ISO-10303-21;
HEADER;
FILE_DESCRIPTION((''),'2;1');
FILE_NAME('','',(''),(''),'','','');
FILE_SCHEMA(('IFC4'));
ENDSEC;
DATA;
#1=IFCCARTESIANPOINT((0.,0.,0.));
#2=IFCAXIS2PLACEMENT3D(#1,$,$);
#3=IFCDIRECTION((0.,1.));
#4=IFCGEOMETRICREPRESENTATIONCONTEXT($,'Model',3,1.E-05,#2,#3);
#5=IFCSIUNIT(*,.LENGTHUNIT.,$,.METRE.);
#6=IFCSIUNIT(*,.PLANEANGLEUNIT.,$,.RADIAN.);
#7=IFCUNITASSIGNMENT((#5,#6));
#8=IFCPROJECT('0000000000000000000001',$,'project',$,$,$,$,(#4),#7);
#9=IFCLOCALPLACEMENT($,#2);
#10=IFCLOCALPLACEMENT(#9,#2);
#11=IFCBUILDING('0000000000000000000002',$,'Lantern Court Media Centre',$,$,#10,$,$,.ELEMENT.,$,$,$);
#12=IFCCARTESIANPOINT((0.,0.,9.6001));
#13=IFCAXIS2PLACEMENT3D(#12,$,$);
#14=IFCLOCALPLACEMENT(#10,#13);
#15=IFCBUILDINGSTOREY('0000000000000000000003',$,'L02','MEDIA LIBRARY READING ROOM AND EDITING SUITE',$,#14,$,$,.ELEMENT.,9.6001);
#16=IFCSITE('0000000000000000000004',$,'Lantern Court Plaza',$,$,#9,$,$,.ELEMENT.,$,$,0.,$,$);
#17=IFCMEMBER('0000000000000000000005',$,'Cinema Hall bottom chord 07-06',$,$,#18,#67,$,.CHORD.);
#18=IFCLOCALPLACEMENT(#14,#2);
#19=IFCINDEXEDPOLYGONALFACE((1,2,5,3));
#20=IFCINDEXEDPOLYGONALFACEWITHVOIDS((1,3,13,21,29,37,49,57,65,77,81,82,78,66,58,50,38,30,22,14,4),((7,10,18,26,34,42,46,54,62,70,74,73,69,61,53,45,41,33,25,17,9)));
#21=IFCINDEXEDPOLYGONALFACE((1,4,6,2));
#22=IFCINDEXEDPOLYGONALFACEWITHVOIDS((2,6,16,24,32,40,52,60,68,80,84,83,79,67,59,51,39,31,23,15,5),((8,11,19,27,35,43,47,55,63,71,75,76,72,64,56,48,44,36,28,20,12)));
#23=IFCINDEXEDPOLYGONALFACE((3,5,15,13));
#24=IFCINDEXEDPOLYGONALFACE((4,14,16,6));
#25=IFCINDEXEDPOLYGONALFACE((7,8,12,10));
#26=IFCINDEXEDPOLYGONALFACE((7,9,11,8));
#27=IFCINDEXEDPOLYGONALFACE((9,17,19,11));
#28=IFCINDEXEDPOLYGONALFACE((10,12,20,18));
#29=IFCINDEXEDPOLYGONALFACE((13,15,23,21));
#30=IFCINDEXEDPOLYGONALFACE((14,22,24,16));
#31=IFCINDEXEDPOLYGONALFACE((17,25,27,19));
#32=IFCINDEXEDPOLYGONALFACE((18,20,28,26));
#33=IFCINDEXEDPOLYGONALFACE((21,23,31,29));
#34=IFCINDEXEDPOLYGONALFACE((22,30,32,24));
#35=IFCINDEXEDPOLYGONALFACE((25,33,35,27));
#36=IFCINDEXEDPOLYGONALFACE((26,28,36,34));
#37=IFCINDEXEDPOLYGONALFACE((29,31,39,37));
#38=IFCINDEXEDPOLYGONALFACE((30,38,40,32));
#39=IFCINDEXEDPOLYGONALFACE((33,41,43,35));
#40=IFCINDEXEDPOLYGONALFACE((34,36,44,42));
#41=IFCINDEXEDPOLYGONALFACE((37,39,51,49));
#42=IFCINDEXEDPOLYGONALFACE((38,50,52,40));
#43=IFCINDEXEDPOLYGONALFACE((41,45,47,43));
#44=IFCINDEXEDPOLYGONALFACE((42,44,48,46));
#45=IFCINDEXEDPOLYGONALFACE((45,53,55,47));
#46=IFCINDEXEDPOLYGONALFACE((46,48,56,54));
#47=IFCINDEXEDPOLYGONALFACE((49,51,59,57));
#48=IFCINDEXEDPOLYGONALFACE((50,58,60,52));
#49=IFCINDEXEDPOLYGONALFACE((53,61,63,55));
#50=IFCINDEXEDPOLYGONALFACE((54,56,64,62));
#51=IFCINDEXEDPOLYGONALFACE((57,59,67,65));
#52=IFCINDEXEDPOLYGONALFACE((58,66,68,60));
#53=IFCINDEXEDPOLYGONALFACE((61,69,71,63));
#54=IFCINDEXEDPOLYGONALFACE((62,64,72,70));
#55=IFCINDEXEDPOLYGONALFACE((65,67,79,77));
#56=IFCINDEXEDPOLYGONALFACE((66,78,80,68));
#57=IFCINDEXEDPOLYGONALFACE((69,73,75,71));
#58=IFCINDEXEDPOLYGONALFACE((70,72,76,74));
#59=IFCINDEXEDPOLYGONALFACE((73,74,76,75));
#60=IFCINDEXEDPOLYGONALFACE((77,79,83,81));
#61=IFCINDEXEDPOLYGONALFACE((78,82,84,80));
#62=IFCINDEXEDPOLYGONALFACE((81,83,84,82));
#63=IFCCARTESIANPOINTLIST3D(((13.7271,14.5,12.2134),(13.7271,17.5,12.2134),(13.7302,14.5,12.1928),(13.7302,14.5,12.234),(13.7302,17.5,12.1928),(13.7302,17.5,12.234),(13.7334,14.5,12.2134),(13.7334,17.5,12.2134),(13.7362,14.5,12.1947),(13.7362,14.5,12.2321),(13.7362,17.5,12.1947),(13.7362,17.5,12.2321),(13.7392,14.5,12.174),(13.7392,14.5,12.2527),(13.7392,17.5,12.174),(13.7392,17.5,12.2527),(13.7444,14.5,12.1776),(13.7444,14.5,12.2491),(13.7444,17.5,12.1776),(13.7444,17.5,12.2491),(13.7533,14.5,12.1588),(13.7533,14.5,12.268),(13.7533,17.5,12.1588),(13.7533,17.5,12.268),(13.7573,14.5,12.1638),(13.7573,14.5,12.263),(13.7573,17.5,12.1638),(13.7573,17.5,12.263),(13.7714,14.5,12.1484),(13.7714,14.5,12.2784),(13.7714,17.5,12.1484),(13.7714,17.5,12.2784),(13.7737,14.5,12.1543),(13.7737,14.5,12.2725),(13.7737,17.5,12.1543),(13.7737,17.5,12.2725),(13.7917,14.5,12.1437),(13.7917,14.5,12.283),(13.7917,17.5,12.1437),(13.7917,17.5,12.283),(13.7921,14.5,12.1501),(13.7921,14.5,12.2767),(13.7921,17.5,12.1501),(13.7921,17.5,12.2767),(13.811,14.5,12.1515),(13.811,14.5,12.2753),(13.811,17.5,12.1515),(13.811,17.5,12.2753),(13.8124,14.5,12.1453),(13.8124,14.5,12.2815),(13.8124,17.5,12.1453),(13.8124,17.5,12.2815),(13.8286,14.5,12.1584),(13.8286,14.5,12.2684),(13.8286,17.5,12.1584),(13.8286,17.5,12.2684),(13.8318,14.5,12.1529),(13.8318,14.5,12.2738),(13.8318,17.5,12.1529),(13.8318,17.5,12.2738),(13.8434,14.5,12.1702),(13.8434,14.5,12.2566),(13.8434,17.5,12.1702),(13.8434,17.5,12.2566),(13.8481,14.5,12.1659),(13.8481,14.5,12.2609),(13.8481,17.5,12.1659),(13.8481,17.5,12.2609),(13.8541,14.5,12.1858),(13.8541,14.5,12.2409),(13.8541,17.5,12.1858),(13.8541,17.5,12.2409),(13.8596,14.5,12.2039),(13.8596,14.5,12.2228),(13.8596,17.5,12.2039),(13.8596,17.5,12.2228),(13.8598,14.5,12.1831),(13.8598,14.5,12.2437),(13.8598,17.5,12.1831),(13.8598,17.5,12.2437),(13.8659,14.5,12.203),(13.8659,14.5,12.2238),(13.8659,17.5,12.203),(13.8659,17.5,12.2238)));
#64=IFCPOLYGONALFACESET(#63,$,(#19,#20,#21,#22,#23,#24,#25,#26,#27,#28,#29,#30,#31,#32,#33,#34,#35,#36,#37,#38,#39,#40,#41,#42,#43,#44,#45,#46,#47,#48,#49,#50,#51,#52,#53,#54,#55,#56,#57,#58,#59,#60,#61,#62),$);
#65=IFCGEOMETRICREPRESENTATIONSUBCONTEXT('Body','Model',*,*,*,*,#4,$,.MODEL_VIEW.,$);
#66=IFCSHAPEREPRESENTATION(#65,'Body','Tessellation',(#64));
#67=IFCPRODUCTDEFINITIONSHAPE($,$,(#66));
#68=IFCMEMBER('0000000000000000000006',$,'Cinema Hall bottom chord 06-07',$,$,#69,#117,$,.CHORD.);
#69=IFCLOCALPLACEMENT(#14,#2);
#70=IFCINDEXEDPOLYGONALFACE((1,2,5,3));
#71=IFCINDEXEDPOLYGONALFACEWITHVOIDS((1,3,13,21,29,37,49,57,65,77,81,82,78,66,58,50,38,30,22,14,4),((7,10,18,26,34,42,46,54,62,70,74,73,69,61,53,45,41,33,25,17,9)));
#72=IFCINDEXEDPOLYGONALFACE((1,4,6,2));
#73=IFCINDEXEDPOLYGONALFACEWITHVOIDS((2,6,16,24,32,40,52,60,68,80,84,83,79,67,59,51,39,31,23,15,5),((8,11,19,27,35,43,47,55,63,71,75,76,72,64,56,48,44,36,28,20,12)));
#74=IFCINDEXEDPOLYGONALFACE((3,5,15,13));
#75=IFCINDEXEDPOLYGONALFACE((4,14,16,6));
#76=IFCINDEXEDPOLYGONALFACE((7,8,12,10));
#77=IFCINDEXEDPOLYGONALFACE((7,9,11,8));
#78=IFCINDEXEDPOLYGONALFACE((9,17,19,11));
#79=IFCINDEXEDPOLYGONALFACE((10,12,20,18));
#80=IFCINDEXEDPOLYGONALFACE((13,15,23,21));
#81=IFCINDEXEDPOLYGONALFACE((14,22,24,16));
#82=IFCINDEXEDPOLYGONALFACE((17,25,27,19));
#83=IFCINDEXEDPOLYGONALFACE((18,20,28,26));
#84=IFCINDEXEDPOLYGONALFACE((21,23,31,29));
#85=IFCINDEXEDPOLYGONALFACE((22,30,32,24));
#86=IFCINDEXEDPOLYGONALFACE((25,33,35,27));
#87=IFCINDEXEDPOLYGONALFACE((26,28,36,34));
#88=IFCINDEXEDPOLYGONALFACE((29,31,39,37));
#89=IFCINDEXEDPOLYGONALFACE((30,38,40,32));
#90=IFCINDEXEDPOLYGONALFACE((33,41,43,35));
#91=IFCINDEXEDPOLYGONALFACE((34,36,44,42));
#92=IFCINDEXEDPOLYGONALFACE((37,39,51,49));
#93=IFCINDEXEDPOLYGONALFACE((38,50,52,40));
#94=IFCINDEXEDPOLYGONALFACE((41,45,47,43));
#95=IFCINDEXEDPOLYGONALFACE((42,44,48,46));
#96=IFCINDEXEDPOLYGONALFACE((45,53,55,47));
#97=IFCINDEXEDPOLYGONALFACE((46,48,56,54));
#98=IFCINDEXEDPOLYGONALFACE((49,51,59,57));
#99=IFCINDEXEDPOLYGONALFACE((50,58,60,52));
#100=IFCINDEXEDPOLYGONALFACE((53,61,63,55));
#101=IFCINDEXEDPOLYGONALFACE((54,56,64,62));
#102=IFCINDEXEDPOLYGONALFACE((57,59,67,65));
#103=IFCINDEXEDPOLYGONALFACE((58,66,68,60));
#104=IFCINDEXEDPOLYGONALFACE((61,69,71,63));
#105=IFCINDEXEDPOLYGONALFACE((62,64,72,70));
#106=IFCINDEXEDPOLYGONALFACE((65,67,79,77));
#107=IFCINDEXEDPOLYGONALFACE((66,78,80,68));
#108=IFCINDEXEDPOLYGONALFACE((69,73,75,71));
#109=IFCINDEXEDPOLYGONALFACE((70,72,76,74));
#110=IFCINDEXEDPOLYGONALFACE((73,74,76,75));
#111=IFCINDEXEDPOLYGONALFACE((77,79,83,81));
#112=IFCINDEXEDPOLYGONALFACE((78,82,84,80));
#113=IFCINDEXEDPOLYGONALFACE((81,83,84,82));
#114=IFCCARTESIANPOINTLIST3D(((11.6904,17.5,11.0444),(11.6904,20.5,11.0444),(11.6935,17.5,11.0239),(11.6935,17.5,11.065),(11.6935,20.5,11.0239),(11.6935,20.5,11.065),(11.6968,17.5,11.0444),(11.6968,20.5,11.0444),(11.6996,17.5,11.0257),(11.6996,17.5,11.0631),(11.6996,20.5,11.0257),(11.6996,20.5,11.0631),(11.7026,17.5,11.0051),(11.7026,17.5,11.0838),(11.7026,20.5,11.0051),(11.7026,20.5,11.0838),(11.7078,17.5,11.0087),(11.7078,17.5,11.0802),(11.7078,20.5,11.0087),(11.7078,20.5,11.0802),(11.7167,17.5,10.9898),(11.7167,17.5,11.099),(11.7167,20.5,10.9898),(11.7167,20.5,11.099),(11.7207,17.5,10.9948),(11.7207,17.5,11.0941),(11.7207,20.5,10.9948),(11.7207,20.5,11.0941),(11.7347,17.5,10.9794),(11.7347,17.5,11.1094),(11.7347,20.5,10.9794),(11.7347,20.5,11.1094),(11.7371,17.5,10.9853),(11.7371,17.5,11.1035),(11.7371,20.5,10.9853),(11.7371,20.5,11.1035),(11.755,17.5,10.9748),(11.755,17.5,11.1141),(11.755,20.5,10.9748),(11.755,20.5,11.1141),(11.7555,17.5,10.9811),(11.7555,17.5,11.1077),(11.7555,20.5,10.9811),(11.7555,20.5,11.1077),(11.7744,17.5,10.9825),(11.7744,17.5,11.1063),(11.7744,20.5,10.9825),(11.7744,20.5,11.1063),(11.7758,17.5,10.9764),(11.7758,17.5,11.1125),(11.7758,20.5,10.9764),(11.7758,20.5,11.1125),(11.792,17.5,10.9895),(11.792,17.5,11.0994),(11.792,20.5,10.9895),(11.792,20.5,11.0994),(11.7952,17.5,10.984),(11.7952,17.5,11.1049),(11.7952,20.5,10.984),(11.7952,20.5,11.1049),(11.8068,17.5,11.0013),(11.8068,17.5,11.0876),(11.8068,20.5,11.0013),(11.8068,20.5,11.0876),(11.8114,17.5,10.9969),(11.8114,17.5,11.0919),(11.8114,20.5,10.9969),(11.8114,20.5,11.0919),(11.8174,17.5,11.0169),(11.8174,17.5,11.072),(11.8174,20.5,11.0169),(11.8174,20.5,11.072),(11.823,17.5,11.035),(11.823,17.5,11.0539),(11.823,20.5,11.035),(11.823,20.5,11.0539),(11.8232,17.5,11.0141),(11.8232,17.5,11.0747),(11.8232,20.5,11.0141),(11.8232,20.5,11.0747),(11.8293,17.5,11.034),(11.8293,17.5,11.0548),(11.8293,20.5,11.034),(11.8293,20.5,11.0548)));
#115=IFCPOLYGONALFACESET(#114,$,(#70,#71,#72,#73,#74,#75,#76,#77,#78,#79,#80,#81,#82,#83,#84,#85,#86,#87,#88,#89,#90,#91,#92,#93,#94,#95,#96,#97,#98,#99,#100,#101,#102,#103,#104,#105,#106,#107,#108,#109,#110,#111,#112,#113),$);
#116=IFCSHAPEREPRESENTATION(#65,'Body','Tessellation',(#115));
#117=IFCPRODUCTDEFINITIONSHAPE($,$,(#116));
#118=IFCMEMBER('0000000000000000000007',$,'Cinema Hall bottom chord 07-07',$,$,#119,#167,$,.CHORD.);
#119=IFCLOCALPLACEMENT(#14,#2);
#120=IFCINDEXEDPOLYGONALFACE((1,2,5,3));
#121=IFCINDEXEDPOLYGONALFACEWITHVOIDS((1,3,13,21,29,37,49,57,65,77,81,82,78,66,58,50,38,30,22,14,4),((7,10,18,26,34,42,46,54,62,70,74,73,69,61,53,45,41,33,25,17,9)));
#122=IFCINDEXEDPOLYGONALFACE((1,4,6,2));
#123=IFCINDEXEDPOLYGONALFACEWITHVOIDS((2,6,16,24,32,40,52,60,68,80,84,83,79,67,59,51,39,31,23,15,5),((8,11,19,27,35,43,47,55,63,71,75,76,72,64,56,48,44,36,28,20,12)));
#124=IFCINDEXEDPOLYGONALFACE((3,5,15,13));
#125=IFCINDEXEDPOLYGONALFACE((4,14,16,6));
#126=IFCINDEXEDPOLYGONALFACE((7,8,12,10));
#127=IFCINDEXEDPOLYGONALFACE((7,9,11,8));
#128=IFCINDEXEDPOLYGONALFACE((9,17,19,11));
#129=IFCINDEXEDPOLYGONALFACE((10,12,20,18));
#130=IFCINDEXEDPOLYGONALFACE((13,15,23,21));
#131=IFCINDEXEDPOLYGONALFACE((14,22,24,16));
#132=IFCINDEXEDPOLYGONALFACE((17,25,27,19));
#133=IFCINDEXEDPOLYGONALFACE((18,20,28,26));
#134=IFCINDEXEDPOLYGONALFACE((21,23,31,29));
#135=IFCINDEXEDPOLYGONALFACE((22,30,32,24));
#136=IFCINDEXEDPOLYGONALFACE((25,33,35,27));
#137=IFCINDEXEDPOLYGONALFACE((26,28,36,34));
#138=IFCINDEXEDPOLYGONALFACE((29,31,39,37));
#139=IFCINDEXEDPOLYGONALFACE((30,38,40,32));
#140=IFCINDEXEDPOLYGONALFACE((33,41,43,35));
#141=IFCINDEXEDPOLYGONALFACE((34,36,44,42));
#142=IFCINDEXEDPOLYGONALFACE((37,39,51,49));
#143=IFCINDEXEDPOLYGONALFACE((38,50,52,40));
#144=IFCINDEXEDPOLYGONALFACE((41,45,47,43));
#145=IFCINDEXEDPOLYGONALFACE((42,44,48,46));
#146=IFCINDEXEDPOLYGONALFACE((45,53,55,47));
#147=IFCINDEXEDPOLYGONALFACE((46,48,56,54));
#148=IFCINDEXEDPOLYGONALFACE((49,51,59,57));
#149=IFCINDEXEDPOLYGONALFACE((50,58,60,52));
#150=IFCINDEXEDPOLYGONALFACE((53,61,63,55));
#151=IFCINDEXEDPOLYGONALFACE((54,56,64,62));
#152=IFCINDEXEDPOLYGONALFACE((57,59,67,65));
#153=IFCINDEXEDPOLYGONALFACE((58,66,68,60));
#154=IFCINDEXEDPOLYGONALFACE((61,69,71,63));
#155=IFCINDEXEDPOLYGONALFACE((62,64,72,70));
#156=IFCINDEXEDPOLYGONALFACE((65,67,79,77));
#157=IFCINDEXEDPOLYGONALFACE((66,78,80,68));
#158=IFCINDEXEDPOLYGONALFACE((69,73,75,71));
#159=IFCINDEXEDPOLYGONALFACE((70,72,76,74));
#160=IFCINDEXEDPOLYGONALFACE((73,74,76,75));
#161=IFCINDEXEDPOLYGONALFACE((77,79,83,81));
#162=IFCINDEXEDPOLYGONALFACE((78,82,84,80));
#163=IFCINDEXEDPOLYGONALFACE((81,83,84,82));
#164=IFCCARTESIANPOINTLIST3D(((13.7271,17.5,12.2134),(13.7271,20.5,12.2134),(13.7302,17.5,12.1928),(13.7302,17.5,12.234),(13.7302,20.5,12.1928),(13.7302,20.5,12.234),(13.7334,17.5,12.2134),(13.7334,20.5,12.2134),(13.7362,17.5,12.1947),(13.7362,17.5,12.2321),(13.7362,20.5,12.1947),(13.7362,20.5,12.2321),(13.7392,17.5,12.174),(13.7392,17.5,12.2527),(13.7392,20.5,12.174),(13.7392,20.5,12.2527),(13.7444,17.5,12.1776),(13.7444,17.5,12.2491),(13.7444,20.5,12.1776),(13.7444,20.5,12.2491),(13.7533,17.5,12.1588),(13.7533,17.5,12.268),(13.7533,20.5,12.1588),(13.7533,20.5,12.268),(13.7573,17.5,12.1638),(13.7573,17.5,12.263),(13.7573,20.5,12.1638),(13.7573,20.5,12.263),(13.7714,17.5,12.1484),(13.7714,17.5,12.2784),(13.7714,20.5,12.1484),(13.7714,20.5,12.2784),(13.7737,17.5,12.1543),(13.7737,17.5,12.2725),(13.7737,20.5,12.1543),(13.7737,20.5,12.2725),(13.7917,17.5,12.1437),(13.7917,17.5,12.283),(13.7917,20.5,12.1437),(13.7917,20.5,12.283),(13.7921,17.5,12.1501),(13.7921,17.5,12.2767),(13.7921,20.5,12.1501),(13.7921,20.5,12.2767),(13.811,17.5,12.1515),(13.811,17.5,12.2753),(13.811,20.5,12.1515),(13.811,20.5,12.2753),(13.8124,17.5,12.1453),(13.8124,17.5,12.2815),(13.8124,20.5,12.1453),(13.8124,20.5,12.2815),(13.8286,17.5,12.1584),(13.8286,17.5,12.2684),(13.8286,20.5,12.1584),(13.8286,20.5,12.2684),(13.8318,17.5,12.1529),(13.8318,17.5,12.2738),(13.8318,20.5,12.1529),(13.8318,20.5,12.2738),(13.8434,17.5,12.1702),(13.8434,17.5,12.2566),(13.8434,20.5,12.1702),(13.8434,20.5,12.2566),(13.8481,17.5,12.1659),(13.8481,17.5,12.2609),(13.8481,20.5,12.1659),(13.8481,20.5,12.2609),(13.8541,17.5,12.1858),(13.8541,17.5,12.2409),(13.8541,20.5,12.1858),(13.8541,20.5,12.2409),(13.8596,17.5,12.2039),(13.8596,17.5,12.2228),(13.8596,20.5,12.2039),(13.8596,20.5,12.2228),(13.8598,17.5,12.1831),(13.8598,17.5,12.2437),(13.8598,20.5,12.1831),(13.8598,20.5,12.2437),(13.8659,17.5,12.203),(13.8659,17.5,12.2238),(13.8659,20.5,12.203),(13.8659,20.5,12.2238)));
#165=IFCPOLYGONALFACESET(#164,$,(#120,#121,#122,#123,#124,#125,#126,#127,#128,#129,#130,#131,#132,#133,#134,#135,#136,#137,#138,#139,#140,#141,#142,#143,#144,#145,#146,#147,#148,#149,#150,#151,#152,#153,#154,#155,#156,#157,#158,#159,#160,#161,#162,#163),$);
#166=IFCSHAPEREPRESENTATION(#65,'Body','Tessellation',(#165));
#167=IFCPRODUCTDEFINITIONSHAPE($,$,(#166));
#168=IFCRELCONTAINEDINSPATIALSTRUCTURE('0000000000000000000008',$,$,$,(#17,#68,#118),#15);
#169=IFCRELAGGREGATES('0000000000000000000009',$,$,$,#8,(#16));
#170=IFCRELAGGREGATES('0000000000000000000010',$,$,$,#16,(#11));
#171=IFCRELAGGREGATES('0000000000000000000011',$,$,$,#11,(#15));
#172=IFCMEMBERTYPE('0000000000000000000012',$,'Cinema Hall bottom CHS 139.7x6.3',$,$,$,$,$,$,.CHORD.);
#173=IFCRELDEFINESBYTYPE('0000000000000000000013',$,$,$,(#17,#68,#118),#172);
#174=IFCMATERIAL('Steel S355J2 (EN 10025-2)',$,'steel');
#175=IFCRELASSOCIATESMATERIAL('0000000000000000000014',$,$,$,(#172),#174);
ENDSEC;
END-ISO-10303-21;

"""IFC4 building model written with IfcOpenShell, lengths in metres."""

from ifc_helpers import new_model, si_unit, direction, frame, origin, origin_2d, place, context, subcontext, project, spatial, hollow_circle, extrude, material, material_profile, profile_set, type_object, element, save


model = new_model("IFC4")

# Units and contexts
model_context = context("Model", 3, precision=1e-05, world=origin(), true_north=direction((0.0, 1.0)))
body_context = subcontext(model_context, "Body", "Model", "MODEL_VIEW")
ifc_project = project(units=[si_unit("LENGTHUNIT", "METRE"), si_unit("PLANEANGLEUNIT", "RADIAN")], contexts=[model_context])

# Site, building, storey
site_placement = place(None, origin())
site = spatial("IfcSite", under=ifc_project, at=site_placement, Name="Lantern Court Plaza", CompositionType="ELEMENT", RefElevation=0.0)
building_placement = place(site_placement, origin())
building = spatial("IfcBuilding", under=site, at=building_placement, Name="Lantern Court Media Centre", CompositionType="ELEMENT")
storey_placement = place(building_placement, frame((0.0, 0.0, 9.6001)))
storey = spatial("IfcBuildingStorey", under=building, at=storey_placement, Name="L02", Description="MEDIA LIBRARY READING ROOM AND EDITING SUITE", CompositionType="ELEMENT", Elevation=9.6001)

# Members
ifc_material = material(Name="Steel S355J2 (EN 10025-2)", Category="steel")
ifc_material_profile_1 = material_profile(ifc_material, hollow_circle(Radius=0.0698, WallThickness=0.0063, at=origin_2d()), Name="Cinema Hall bottom CHS 139.7x6.3")
ifc_profile_set_1 = profile_set([ifc_material_profile_1], Name="Steel S355J2 (EN 10025-2)")
member_type_1 = type_object("IfcMemberType", Name="Cinema Hall bottom CHS 139.7x6.3", PredefinedType="CHORD", material=ifc_profile_set_1)
for number, where, z_axis, x_axis, name in (
    (1, (13.7969, 14.5, 12.2134), (0.0, 1.0, 0.0), (-1.0, 0.0, 0.0), "Cinema Hall bottom chord 07-06"),
    (2, (11.7603, 17.5, 11.0444), (0.0, 1.0, 0.0), (-1.0, 0.0, 0.0), "Cinema Hall bottom chord 06-07"),
    (3, (13.7969, 17.5, 12.2134), (0.0, 1.0, 0.0), (-1.0, 0.0, 0.0), "Cinema Hall bottom chord 07-07"),
):
    element("IfcMember", number, at=place(storey_placement, frame(where, z_axis=z_axis, x_axis=x_axis)), inside=storey, type_object=member_type_1, Name=name, PredefinedType="CHORD", context=body_context, shape_type="SweptSolid", body=[
        extrude(hollow_circle(Radius=0.0698, WallThickness=0.0063, at=origin_2d()), origin(), (0.0, 0.0, 1.0), 3.0),
    ])

save(model, "model.ifc")
